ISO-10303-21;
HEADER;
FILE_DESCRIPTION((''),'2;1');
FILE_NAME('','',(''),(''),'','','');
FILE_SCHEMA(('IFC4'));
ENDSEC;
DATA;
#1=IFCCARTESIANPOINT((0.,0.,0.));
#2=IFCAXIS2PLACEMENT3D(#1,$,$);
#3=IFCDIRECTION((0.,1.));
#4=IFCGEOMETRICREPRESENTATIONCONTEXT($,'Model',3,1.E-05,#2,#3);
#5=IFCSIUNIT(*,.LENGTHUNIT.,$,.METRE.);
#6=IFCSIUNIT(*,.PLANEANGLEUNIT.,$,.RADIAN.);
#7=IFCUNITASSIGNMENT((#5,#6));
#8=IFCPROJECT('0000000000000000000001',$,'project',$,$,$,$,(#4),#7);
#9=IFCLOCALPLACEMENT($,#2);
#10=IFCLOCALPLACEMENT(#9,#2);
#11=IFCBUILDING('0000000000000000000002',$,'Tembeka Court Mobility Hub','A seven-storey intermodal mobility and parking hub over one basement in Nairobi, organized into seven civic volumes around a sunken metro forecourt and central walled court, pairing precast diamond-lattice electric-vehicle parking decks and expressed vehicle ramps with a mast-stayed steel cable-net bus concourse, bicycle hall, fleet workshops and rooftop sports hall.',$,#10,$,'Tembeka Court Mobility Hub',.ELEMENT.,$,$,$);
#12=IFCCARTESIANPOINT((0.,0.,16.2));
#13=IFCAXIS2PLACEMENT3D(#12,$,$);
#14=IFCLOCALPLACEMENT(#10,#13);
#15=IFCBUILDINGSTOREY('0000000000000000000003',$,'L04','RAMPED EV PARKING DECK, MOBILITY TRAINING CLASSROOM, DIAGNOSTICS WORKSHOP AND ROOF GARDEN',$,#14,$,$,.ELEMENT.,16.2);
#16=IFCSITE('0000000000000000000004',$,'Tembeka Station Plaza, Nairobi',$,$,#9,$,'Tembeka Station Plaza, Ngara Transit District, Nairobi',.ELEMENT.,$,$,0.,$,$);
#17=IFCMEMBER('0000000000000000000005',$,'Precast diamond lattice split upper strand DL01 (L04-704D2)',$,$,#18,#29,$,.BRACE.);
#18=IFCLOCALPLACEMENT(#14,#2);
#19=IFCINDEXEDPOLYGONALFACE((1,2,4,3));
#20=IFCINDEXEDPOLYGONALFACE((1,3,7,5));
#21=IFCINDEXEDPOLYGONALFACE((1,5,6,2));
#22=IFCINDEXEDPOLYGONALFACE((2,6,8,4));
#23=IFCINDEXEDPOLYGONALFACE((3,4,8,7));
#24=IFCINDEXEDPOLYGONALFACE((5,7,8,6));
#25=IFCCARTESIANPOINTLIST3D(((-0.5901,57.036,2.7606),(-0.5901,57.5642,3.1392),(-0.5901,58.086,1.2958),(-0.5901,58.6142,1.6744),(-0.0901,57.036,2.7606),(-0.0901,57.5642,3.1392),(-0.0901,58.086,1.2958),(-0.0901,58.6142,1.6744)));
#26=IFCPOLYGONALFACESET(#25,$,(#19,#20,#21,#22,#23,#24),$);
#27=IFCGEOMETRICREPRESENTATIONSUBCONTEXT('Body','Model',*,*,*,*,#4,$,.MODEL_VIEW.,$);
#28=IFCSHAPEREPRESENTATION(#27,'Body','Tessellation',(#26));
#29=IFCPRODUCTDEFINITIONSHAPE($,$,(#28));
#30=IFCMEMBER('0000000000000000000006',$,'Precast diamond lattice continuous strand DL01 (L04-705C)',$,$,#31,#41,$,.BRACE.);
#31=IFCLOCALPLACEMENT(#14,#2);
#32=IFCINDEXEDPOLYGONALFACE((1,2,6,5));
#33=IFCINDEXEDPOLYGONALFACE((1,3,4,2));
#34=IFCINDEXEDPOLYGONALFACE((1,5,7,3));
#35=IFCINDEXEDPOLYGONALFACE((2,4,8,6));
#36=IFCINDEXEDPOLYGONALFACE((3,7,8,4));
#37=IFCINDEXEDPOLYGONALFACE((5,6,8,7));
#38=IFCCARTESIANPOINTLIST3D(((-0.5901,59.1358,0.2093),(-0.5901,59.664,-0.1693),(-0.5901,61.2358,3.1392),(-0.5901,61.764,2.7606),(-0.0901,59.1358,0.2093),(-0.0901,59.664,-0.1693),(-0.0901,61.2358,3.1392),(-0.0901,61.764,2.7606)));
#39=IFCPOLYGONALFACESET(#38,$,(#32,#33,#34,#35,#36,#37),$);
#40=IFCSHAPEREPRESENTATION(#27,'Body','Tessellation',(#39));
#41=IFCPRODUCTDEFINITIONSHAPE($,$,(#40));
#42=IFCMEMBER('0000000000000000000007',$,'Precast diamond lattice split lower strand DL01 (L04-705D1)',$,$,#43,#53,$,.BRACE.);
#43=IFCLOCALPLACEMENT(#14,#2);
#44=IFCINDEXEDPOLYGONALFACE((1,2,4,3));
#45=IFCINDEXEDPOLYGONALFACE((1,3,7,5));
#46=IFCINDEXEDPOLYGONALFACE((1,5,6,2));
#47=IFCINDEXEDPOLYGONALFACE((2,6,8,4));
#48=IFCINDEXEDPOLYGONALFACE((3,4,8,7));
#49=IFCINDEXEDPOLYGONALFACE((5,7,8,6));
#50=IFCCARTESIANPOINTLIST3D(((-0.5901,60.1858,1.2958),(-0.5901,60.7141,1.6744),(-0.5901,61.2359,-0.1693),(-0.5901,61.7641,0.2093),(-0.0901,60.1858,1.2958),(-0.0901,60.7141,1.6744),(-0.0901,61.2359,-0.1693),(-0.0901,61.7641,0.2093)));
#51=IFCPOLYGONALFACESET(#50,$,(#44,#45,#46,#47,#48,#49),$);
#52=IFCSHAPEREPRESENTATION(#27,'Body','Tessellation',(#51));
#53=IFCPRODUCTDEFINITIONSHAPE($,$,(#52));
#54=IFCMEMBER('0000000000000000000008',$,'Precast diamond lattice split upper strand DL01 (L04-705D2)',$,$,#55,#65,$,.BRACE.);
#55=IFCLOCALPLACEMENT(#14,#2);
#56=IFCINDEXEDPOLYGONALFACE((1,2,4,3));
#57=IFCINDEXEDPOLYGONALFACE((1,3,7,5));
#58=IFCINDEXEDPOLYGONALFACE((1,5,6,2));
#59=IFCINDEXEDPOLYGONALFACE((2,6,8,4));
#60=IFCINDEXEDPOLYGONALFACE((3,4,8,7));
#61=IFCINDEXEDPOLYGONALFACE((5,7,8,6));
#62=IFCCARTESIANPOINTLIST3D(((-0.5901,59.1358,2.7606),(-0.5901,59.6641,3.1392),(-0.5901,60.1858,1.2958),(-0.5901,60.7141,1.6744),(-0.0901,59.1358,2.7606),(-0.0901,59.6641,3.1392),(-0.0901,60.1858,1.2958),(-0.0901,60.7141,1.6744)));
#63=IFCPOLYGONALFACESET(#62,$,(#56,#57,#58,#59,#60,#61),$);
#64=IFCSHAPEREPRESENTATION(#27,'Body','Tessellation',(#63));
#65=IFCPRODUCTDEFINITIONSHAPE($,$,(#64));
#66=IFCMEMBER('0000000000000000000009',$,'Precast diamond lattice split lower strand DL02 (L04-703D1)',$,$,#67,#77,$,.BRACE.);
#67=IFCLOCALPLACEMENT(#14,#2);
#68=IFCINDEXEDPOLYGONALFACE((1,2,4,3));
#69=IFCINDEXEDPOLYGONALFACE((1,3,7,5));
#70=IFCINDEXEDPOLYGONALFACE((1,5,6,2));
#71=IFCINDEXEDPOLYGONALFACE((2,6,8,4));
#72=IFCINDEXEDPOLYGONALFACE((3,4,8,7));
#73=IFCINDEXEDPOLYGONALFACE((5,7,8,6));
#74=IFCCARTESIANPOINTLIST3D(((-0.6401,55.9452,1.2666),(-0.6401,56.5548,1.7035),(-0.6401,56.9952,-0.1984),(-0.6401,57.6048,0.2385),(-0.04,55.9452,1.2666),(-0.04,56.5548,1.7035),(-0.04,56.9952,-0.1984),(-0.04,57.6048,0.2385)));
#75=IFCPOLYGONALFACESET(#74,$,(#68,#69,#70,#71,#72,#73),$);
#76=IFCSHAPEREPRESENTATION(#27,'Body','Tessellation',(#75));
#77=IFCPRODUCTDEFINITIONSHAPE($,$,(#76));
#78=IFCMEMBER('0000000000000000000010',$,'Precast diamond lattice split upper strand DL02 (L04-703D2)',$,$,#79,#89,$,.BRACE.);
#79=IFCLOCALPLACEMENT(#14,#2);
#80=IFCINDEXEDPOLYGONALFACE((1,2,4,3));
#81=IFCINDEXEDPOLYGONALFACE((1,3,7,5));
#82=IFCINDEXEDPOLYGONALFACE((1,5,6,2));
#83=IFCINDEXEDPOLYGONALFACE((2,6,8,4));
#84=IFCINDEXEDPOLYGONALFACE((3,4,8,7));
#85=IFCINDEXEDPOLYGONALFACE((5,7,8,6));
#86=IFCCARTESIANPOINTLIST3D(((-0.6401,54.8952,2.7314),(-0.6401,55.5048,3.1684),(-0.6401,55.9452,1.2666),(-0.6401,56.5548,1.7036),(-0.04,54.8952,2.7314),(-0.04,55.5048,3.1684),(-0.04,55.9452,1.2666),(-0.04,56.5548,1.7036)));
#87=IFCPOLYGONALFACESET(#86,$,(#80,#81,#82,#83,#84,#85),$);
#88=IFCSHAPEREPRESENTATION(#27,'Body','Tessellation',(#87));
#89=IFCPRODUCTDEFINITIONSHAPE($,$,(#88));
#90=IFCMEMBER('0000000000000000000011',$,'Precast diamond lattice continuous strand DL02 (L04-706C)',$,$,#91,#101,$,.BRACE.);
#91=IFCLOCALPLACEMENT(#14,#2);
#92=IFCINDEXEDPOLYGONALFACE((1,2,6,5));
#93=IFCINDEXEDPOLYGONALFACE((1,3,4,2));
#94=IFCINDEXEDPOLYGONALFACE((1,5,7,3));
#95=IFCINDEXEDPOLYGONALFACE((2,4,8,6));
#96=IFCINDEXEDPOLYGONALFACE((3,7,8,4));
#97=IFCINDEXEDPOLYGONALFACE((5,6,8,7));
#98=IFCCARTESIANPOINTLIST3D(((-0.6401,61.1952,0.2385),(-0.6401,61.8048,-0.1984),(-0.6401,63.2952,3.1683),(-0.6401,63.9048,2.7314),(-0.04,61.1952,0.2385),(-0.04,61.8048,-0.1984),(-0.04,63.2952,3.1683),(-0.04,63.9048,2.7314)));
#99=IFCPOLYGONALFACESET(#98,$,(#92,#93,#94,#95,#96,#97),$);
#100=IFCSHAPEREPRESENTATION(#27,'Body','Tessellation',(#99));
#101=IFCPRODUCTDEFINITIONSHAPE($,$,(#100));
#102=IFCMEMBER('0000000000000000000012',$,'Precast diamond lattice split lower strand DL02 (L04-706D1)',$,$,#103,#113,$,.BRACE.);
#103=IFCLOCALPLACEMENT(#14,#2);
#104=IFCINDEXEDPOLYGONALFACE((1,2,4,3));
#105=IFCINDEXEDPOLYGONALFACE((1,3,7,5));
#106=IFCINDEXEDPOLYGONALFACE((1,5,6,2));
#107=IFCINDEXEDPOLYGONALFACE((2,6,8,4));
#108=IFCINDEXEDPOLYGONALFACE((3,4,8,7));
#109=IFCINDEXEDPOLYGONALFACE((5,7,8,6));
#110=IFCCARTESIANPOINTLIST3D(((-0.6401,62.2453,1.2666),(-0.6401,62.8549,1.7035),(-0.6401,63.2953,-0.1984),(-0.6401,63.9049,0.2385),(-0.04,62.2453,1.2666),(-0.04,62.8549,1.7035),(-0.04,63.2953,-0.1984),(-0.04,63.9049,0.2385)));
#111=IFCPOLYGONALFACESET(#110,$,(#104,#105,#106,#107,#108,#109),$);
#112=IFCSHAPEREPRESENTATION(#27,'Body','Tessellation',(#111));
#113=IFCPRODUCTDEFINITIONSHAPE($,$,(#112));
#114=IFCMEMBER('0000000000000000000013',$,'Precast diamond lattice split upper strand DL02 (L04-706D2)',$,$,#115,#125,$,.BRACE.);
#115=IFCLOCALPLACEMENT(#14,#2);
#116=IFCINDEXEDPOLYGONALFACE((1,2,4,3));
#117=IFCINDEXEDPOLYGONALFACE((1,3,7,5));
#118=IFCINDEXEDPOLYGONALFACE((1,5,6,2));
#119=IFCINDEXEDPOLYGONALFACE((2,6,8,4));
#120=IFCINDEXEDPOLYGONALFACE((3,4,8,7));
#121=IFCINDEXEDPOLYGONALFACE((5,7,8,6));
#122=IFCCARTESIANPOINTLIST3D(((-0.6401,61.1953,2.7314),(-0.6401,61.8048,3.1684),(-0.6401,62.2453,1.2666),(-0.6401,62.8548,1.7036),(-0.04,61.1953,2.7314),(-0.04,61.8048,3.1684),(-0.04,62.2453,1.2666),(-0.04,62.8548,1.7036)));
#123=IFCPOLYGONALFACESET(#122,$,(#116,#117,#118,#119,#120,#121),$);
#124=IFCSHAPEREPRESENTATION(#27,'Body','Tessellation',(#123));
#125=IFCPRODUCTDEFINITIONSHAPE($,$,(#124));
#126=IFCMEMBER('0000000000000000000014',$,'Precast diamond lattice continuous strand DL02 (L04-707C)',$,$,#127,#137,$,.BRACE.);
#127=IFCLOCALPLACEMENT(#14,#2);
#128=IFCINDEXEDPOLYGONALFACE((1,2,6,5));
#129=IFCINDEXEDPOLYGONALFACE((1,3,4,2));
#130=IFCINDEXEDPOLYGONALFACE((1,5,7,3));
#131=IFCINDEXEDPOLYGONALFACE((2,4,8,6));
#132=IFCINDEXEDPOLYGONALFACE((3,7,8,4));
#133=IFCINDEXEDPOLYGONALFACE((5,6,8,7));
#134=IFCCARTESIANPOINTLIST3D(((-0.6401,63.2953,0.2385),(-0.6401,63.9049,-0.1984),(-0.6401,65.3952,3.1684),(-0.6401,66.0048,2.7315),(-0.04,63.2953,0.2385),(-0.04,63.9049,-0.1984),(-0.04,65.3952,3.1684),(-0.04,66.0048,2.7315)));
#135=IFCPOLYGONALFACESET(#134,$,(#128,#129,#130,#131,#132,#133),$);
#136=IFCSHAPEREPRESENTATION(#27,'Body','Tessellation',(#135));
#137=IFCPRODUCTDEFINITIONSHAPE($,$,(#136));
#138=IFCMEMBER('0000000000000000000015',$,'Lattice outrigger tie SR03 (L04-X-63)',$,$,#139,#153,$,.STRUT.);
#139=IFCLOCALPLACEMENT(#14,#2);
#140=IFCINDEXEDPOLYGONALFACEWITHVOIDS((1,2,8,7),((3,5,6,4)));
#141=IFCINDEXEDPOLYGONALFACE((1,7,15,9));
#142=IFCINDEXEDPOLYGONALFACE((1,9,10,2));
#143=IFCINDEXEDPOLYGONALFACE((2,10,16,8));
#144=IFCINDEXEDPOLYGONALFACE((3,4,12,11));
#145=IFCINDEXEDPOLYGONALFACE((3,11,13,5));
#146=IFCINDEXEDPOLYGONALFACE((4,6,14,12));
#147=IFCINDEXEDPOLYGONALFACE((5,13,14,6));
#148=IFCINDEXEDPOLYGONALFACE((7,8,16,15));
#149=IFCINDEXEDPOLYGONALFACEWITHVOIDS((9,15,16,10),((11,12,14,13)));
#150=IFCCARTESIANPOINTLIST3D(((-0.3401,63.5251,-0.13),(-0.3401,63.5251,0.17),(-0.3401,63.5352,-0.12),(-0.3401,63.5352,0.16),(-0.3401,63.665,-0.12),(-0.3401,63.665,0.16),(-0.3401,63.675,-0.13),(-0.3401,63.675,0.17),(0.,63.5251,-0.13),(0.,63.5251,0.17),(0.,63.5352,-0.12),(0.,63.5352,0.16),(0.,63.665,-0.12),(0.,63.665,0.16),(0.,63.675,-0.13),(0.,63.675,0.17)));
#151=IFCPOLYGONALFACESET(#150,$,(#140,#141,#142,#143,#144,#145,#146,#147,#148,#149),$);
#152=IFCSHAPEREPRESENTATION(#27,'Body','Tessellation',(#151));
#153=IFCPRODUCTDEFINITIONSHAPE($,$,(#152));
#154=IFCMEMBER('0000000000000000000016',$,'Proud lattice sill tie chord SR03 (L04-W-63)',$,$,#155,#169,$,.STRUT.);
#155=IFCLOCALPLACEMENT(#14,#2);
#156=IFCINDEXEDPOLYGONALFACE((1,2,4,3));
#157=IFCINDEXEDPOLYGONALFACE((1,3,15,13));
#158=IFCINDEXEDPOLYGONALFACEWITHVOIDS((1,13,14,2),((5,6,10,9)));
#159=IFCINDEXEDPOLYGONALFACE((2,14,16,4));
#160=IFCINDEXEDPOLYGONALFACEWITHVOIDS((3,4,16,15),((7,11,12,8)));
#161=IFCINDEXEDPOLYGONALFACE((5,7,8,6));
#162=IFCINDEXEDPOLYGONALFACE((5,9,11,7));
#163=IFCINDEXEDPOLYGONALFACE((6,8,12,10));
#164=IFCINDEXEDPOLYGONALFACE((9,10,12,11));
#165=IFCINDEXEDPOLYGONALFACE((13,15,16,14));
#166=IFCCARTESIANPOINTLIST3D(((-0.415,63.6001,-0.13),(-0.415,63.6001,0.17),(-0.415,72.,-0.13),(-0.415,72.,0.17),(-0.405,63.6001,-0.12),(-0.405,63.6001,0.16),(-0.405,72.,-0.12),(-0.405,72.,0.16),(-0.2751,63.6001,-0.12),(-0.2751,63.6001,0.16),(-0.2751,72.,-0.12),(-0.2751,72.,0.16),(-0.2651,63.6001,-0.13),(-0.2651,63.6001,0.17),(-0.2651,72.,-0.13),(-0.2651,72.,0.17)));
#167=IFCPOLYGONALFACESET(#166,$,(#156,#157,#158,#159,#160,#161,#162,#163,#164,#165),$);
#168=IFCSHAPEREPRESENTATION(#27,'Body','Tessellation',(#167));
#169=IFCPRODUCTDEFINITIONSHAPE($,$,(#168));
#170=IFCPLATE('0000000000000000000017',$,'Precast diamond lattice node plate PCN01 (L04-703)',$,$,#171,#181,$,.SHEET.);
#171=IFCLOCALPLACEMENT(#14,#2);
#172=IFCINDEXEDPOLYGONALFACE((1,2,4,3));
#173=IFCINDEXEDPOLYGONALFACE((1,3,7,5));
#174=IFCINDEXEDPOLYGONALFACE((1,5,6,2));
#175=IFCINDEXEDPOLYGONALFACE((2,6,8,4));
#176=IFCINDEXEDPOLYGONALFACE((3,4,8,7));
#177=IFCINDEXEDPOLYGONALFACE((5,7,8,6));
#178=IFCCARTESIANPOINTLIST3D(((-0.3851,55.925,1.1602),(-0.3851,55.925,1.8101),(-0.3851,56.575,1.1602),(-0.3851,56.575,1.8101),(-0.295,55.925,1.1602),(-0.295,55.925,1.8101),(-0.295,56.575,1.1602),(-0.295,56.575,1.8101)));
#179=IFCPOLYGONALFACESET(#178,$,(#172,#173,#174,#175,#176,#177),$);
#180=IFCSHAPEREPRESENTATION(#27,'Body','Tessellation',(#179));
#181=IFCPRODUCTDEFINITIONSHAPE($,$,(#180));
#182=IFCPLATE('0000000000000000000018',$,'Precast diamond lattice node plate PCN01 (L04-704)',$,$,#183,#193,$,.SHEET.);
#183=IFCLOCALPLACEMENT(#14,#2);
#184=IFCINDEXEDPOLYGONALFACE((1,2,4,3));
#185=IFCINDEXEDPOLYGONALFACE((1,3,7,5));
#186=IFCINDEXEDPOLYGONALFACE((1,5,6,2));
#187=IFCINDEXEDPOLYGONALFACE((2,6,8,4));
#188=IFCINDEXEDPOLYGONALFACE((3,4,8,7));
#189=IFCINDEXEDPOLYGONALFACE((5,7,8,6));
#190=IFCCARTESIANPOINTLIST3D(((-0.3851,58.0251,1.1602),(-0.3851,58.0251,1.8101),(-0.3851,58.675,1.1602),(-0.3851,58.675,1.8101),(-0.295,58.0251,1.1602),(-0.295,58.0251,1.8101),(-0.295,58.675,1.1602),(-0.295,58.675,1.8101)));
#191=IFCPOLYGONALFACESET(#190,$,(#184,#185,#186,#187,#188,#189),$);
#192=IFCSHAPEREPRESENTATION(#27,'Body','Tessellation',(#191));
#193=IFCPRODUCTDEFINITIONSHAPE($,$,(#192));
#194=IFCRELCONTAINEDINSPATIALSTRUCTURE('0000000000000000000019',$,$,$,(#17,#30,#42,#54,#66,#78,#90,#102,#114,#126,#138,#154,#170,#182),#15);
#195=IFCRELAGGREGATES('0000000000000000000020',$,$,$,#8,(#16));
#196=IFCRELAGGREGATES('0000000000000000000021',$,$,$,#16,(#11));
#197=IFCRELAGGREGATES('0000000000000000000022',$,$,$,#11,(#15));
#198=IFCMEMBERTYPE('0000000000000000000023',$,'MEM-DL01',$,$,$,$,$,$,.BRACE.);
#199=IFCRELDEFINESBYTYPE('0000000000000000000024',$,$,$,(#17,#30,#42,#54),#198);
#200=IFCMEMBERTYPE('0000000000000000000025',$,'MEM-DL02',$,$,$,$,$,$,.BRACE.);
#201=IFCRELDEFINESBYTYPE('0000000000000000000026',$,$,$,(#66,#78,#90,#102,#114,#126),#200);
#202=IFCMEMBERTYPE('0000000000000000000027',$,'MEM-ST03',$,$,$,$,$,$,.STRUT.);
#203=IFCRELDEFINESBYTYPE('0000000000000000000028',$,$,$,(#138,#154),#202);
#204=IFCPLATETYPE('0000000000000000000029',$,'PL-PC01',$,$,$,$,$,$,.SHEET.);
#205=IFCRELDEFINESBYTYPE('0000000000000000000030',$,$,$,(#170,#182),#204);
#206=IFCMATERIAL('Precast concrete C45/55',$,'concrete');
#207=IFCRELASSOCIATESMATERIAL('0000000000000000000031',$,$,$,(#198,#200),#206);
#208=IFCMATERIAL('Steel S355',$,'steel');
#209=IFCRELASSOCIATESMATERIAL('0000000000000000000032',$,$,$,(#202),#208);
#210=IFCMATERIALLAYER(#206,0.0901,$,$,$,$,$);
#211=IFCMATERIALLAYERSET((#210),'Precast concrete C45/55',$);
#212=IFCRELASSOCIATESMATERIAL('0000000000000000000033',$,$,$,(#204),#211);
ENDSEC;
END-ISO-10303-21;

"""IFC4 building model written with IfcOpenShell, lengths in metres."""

from ifc_helpers import new_model, si_unit, direction, frame, origin, origin_2d, place, context, subcontext, project, spatial, rectangle, hollow_rectangle, extrude, material, layer, layer_set, material_profile, profile_set, type_object, element, save


model = new_model("IFC4")

# Units and contexts
model_context = context("Model", 3, precision=1e-05, world=origin(), true_north=direction((0.0, 1.0)))
body_context = subcontext(model_context, "Body", "Model", "MODEL_VIEW")
ifc_project = project(units=[si_unit("LENGTHUNIT", "METRE"), si_unit("PLANEANGLEUNIT", "RADIAN")], contexts=[model_context])

# Site, building, storey
site_placement = place(None, origin())
site = spatial("IfcSite", under=ifc_project, at=site_placement, Name="Tembeka Station Plaza, Nairobi", LongName="Tembeka Station Plaza, Ngara Transit District, Nairobi", CompositionType="ELEMENT", RefElevation=0.0)
building_placement = place(site_placement, origin())
building = spatial("IfcBuilding", under=site, at=building_placement, Name="Tembeka Court Mobility Hub", Description="A seven-storey intermodal mobility and parking hub over one basement in Nairobi, organized into seven civic volumes around a sunken metro forecourt and central walled court, pairing precast diamond-lattice electric-vehicle parking decks and expressed vehicle ramps with a mast-stayed steel cable-net bus concourse, bicycle hall, fleet workshops and rooftop sports hall.", LongName="Tembeka Court Mobility Hub", CompositionType="ELEMENT")
storey_placement = place(building_placement, frame((0.0, 0.0, 16.2)))
storey = spatial("IfcBuildingStorey", under=building, at=storey_placement, Name="L04", Description="RAMPED EV PARKING DECK, MOBILITY TRAINING CLASSROOM, DIAGNOSTICS WORKSHOP AND ROOF GARDEN", CompositionType="ELEMENT", Elevation=16.2)

# Shared definitions
ifc_material_1 = material(Name="Steel S355", Category="steel")

# Shared definitions
ifc_material_2 = material(Name="Precast concrete C45/55", Category="concrete")

# Members
ifc_material_profile_1 = material_profile(ifc_material_2, rectangle(XDim=0.5, YDim=0.6499, at=origin_2d()), Name="PC-DIAG 500x650")
ifc_profile_set_1 = profile_set([ifc_material_profile_1], Name="Precast concrete C45/55")
member_type_1 = type_object("IfcMemberType", Name="MEM-DL01", PredefinedType="BRACE", material=ifc_profile_set_1)
member_1_placement = place(storey_placement, frame((-0.3401, 58.3501, 1.4851), z_axis=(0.0, -0.582608, 0.812753), x_axis=(1.0, 0.0, 0.0)))
element("IfcMember", 1, at=member_1_placement, inside=storey, type_object=member_type_1, Name="Precast diamond lattice split upper strand DL01 (L04-704D2)", PredefinedType="BRACE", context=body_context, shape_type="SweptSolid", body=[
    extrude(rectangle(XDim=0.5, YDim=0.6499, at=origin_2d()), origin(), (0.0, 0.0, 1.0), 1.8022),
])
member_2_placement = place(storey_placement, frame((-0.3401, 59.3999, 0.02), z_axis=(0.0, 0.582576, 0.812776), x_axis=(-1.0, 0.0, 0.0)))
element("IfcMember", 2, at=member_2_placement, inside=storey, type_object=member_type_1, Name="Precast diamond lattice continuous strand DL01 (L04-705C)", PredefinedType="BRACE", context=body_context, shape_type="SweptSolid", body=[
    extrude(rectangle(XDim=0.5, YDim=0.6499, at=origin_2d()), origin(), (0.0, 0.0, 1.0), 3.6047),
])
member_3_placement = place(storey_placement, frame((-0.3401, 61.5, 0.02), z_axis=(0.0, -0.582544, 0.812799), x_axis=(1.0, 0.0, 0.0)))
element("IfcMember", 3, at=member_3_placement, inside=storey, type_object=member_type_1, Name="Precast diamond lattice split lower strand DL01 (L04-705D1)", PredefinedType="BRACE", context=body_context, shape_type="SweptSolid", body=[
    extrude(rectangle(XDim=0.5, YDim=0.6499, at=origin_2d()), origin(), (0.0, 0.0, 1.0), 1.8025),
])
member_4_placement = place(storey_placement, frame((-0.3401, 60.45, 1.4851), z_axis=(0.0, -0.582608, 0.812753), x_axis=(1.0, 0.0, 0.0)))
element("IfcMember", 4, at=member_4_placement, inside=storey, type_object=member_type_1, Name="Precast diamond lattice split upper strand DL01 (L04-705D2)", PredefinedType="BRACE", context=body_context, shape_type="SweptSolid", body=[
    extrude(rectangle(XDim=0.5, YDim=0.6499, at=origin_2d()), origin(), (0.0, 0.0, 1.0), 1.8022),
])
ifc_material_profile_2 = material_profile(ifc_material_2, rectangle(XDim=0.6001, YDim=0.75, at=origin_2d()), Name="PC-DIAG 600x750")
ifc_profile_set_2 = profile_set([ifc_material_profile_2], Name="Precast concrete C45/55")
member_type_2 = type_object("IfcMemberType", Name="MEM-DL02", PredefinedType="BRACE", material=ifc_profile_set_2)
member_5_placement = place(storey_placement, frame((-0.3401, 57.3, 0.02), z_axis=(0.0, -0.582544, 0.812799), x_axis=(1.0, 0.0, 0.0)))
element("IfcMember", 5, at=member_5_placement, inside=storey, type_object=member_type_2, Name="Precast diamond lattice split lower strand DL02 (L04-703D1)", PredefinedType="BRACE", context=body_context, shape_type="SweptSolid", body=[
    extrude(rectangle(XDim=0.6001, YDim=0.75, at=origin_2d()), origin(), (0.0, 0.0, 1.0), 1.8025),
])
member_6_placement = place(storey_placement, frame((-0.3401, 56.25, 1.4851), z_axis=(0.0, -0.582608, 0.812753), x_axis=(1.0, 0.0, 0.0)))
element("IfcMember", 6, at=member_6_placement, inside=storey, type_object=member_type_2, Name="Precast diamond lattice split upper strand DL02 (L04-703D2)", PredefinedType="BRACE", context=body_context, shape_type="SweptSolid", body=[
    extrude(rectangle(XDim=0.6001, YDim=0.75, at=origin_2d()), origin(), (0.0, 0.0, 1.0), 1.8022),
])
member_7_placement = place(storey_placement, frame((-0.3401, 61.5, 0.02), z_axis=(0.0, 0.582576, 0.812776), x_axis=(-1.0, 0.0, 0.0)))
element("IfcMember", 7, at=member_7_placement, inside=storey, type_object=member_type_2, Name="Precast diamond lattice continuous strand DL02 (L04-706C)", PredefinedType="BRACE", context=body_context, shape_type="SweptSolid", body=[
    extrude(rectangle(XDim=0.6001, YDim=0.75, at=origin_2d()), origin(), (0.0, 0.0, 1.0), 3.6047),
])
member_8_placement = place(storey_placement, frame((-0.3401, 63.6001, 0.02), z_axis=(0.0, -0.582544, 0.812799), x_axis=(1.0, 0.0, 0.0)))
element("IfcMember", 8, at=member_8_placement, inside=storey, type_object=member_type_2, Name="Precast diamond lattice split lower strand DL02 (L04-706D1)", PredefinedType="BRACE", context=body_context, shape_type="SweptSolid", body=[
    extrude(rectangle(XDim=0.6001, YDim=0.75, at=origin_2d()), origin(), (0.0, 0.0, 1.0), 1.8025),
])
member_9_placement = place(storey_placement, frame((-0.3401, 62.55, 1.4851), z_axis=(0.0, -0.582608, 0.812753), x_axis=(1.0, 0.0, 0.0)))
element("IfcMember", 9, at=member_9_placement, inside=storey, type_object=member_type_2, Name="Precast diamond lattice split upper strand DL02 (L04-706D2)", PredefinedType="BRACE", context=body_context, shape_type="SweptSolid", body=[
    extrude(rectangle(XDim=0.6001, YDim=0.75, at=origin_2d()), origin(), (0.0, 0.0, 1.0), 1.8022),
])
member_10_placement = place(storey_placement, frame((-0.3401, 63.6001, 0.02), z_axis=(0.0, 0.582532, 0.812808), x_axis=(-1.0, 0.0, 0.0)))
element("IfcMember", 10, at=member_10_placement, inside=storey, type_object=member_type_2, Name="Precast diamond lattice continuous strand DL02 (L04-707C)", PredefinedType="BRACE", context=body_context, shape_type="SweptSolid", body=[
    extrude(rectangle(XDim=0.6001, YDim=0.75, at=origin_2d()), origin(), (0.0, 0.0, 1.0), 3.6047),
])
ifc_material_profile_3 = material_profile(ifc_material_1, hollow_rectangle(XDim=0.1499, YDim=0.3, WallThickness=0.01, at=origin_2d()), Name="RHS 300x150x10")
ifc_profile_set_3 = profile_set([ifc_material_profile_3], Name="Steel S355")
member_type_3 = type_object("IfcMemberType", Name="MEM-ST03", PredefinedType="STRUT", material=ifc_profile_set_3)
member_11_placement = place(storey_placement, frame((0.0, 63.6001, 0.02), z_axis=(-1.0, 0.0, 0.0), x_axis=(0.0, -1.0, 0.0)))
element("IfcMember", 11, at=member_11_placement, inside=storey, type_object=member_type_3, Name="Lattice outrigger tie SR03 (L04-X-63)", PredefinedType="STRUT", context=body_context, shape_type="SweptSolid", body=[
    extrude(hollow_rectangle(XDim=0.1499, YDim=0.3, WallThickness=0.01, at=origin_2d()), origin(), (0.0, 0.0, 1.0), 0.3401),
])
member_12_placement = place(storey_placement, frame((-0.3401, 63.6001, 0.02), z_axis=(0.0, 1.0, 0.0), x_axis=(-1.0, 0.0, 0.0)))
element("IfcMember", 12, at=member_12_placement, inside=storey, type_object=member_type_3, Name="Proud lattice sill tie chord SR03 (L04-W-63)", PredefinedType="STRUT", context=body_context, shape_type="SweptSolid", body=[
    extrude(hollow_rectangle(XDim=0.1499, YDim=0.3, WallThickness=0.01, at=origin_2d()), origin(), (0.0, 0.0, 1.0), 8.3999),
])

# Plates
ifc_layer_1 = layer(ifc_material_2, 0.0901)
ifc_layer_set_1 = layer_set([ifc_layer_1], Name="Precast concrete C45/55")
plate_type = type_object("IfcPlateType", Name="PL-PC01", PredefinedType="SHEET", material=ifc_layer_set_1)
for number, where, z_axis, x_axis, name in (
    (13, (-0.3401, 56.25, 1.1602), (0.0, 0.0, 1.0), (1.0, 0.0, 0.0), "Precast diamond lattice node plate PCN01 (L04-703)"),
    (14, (-0.3401, 58.3501, 1.1602), (0.0, 0.0, 1.0), (1.0, 0.0, 0.0), "Precast diamond lattice node plate PCN01 (L04-704)"),
):
    element("IfcPlate", number, at=place(storey_placement, frame(where, z_axis=z_axis, x_axis=x_axis)), inside=storey, type_object=plate_type, Name=name, PredefinedType="SHEET", context=body_context, shape_type="SweptSolid", body=[
        extrude(rectangle(XDim=0.0901, YDim=0.6499, at=origin_2d()), origin(), (0.0, 0.0, 1.0), 0.6499),
    ])

save(model, "model.ifc")
